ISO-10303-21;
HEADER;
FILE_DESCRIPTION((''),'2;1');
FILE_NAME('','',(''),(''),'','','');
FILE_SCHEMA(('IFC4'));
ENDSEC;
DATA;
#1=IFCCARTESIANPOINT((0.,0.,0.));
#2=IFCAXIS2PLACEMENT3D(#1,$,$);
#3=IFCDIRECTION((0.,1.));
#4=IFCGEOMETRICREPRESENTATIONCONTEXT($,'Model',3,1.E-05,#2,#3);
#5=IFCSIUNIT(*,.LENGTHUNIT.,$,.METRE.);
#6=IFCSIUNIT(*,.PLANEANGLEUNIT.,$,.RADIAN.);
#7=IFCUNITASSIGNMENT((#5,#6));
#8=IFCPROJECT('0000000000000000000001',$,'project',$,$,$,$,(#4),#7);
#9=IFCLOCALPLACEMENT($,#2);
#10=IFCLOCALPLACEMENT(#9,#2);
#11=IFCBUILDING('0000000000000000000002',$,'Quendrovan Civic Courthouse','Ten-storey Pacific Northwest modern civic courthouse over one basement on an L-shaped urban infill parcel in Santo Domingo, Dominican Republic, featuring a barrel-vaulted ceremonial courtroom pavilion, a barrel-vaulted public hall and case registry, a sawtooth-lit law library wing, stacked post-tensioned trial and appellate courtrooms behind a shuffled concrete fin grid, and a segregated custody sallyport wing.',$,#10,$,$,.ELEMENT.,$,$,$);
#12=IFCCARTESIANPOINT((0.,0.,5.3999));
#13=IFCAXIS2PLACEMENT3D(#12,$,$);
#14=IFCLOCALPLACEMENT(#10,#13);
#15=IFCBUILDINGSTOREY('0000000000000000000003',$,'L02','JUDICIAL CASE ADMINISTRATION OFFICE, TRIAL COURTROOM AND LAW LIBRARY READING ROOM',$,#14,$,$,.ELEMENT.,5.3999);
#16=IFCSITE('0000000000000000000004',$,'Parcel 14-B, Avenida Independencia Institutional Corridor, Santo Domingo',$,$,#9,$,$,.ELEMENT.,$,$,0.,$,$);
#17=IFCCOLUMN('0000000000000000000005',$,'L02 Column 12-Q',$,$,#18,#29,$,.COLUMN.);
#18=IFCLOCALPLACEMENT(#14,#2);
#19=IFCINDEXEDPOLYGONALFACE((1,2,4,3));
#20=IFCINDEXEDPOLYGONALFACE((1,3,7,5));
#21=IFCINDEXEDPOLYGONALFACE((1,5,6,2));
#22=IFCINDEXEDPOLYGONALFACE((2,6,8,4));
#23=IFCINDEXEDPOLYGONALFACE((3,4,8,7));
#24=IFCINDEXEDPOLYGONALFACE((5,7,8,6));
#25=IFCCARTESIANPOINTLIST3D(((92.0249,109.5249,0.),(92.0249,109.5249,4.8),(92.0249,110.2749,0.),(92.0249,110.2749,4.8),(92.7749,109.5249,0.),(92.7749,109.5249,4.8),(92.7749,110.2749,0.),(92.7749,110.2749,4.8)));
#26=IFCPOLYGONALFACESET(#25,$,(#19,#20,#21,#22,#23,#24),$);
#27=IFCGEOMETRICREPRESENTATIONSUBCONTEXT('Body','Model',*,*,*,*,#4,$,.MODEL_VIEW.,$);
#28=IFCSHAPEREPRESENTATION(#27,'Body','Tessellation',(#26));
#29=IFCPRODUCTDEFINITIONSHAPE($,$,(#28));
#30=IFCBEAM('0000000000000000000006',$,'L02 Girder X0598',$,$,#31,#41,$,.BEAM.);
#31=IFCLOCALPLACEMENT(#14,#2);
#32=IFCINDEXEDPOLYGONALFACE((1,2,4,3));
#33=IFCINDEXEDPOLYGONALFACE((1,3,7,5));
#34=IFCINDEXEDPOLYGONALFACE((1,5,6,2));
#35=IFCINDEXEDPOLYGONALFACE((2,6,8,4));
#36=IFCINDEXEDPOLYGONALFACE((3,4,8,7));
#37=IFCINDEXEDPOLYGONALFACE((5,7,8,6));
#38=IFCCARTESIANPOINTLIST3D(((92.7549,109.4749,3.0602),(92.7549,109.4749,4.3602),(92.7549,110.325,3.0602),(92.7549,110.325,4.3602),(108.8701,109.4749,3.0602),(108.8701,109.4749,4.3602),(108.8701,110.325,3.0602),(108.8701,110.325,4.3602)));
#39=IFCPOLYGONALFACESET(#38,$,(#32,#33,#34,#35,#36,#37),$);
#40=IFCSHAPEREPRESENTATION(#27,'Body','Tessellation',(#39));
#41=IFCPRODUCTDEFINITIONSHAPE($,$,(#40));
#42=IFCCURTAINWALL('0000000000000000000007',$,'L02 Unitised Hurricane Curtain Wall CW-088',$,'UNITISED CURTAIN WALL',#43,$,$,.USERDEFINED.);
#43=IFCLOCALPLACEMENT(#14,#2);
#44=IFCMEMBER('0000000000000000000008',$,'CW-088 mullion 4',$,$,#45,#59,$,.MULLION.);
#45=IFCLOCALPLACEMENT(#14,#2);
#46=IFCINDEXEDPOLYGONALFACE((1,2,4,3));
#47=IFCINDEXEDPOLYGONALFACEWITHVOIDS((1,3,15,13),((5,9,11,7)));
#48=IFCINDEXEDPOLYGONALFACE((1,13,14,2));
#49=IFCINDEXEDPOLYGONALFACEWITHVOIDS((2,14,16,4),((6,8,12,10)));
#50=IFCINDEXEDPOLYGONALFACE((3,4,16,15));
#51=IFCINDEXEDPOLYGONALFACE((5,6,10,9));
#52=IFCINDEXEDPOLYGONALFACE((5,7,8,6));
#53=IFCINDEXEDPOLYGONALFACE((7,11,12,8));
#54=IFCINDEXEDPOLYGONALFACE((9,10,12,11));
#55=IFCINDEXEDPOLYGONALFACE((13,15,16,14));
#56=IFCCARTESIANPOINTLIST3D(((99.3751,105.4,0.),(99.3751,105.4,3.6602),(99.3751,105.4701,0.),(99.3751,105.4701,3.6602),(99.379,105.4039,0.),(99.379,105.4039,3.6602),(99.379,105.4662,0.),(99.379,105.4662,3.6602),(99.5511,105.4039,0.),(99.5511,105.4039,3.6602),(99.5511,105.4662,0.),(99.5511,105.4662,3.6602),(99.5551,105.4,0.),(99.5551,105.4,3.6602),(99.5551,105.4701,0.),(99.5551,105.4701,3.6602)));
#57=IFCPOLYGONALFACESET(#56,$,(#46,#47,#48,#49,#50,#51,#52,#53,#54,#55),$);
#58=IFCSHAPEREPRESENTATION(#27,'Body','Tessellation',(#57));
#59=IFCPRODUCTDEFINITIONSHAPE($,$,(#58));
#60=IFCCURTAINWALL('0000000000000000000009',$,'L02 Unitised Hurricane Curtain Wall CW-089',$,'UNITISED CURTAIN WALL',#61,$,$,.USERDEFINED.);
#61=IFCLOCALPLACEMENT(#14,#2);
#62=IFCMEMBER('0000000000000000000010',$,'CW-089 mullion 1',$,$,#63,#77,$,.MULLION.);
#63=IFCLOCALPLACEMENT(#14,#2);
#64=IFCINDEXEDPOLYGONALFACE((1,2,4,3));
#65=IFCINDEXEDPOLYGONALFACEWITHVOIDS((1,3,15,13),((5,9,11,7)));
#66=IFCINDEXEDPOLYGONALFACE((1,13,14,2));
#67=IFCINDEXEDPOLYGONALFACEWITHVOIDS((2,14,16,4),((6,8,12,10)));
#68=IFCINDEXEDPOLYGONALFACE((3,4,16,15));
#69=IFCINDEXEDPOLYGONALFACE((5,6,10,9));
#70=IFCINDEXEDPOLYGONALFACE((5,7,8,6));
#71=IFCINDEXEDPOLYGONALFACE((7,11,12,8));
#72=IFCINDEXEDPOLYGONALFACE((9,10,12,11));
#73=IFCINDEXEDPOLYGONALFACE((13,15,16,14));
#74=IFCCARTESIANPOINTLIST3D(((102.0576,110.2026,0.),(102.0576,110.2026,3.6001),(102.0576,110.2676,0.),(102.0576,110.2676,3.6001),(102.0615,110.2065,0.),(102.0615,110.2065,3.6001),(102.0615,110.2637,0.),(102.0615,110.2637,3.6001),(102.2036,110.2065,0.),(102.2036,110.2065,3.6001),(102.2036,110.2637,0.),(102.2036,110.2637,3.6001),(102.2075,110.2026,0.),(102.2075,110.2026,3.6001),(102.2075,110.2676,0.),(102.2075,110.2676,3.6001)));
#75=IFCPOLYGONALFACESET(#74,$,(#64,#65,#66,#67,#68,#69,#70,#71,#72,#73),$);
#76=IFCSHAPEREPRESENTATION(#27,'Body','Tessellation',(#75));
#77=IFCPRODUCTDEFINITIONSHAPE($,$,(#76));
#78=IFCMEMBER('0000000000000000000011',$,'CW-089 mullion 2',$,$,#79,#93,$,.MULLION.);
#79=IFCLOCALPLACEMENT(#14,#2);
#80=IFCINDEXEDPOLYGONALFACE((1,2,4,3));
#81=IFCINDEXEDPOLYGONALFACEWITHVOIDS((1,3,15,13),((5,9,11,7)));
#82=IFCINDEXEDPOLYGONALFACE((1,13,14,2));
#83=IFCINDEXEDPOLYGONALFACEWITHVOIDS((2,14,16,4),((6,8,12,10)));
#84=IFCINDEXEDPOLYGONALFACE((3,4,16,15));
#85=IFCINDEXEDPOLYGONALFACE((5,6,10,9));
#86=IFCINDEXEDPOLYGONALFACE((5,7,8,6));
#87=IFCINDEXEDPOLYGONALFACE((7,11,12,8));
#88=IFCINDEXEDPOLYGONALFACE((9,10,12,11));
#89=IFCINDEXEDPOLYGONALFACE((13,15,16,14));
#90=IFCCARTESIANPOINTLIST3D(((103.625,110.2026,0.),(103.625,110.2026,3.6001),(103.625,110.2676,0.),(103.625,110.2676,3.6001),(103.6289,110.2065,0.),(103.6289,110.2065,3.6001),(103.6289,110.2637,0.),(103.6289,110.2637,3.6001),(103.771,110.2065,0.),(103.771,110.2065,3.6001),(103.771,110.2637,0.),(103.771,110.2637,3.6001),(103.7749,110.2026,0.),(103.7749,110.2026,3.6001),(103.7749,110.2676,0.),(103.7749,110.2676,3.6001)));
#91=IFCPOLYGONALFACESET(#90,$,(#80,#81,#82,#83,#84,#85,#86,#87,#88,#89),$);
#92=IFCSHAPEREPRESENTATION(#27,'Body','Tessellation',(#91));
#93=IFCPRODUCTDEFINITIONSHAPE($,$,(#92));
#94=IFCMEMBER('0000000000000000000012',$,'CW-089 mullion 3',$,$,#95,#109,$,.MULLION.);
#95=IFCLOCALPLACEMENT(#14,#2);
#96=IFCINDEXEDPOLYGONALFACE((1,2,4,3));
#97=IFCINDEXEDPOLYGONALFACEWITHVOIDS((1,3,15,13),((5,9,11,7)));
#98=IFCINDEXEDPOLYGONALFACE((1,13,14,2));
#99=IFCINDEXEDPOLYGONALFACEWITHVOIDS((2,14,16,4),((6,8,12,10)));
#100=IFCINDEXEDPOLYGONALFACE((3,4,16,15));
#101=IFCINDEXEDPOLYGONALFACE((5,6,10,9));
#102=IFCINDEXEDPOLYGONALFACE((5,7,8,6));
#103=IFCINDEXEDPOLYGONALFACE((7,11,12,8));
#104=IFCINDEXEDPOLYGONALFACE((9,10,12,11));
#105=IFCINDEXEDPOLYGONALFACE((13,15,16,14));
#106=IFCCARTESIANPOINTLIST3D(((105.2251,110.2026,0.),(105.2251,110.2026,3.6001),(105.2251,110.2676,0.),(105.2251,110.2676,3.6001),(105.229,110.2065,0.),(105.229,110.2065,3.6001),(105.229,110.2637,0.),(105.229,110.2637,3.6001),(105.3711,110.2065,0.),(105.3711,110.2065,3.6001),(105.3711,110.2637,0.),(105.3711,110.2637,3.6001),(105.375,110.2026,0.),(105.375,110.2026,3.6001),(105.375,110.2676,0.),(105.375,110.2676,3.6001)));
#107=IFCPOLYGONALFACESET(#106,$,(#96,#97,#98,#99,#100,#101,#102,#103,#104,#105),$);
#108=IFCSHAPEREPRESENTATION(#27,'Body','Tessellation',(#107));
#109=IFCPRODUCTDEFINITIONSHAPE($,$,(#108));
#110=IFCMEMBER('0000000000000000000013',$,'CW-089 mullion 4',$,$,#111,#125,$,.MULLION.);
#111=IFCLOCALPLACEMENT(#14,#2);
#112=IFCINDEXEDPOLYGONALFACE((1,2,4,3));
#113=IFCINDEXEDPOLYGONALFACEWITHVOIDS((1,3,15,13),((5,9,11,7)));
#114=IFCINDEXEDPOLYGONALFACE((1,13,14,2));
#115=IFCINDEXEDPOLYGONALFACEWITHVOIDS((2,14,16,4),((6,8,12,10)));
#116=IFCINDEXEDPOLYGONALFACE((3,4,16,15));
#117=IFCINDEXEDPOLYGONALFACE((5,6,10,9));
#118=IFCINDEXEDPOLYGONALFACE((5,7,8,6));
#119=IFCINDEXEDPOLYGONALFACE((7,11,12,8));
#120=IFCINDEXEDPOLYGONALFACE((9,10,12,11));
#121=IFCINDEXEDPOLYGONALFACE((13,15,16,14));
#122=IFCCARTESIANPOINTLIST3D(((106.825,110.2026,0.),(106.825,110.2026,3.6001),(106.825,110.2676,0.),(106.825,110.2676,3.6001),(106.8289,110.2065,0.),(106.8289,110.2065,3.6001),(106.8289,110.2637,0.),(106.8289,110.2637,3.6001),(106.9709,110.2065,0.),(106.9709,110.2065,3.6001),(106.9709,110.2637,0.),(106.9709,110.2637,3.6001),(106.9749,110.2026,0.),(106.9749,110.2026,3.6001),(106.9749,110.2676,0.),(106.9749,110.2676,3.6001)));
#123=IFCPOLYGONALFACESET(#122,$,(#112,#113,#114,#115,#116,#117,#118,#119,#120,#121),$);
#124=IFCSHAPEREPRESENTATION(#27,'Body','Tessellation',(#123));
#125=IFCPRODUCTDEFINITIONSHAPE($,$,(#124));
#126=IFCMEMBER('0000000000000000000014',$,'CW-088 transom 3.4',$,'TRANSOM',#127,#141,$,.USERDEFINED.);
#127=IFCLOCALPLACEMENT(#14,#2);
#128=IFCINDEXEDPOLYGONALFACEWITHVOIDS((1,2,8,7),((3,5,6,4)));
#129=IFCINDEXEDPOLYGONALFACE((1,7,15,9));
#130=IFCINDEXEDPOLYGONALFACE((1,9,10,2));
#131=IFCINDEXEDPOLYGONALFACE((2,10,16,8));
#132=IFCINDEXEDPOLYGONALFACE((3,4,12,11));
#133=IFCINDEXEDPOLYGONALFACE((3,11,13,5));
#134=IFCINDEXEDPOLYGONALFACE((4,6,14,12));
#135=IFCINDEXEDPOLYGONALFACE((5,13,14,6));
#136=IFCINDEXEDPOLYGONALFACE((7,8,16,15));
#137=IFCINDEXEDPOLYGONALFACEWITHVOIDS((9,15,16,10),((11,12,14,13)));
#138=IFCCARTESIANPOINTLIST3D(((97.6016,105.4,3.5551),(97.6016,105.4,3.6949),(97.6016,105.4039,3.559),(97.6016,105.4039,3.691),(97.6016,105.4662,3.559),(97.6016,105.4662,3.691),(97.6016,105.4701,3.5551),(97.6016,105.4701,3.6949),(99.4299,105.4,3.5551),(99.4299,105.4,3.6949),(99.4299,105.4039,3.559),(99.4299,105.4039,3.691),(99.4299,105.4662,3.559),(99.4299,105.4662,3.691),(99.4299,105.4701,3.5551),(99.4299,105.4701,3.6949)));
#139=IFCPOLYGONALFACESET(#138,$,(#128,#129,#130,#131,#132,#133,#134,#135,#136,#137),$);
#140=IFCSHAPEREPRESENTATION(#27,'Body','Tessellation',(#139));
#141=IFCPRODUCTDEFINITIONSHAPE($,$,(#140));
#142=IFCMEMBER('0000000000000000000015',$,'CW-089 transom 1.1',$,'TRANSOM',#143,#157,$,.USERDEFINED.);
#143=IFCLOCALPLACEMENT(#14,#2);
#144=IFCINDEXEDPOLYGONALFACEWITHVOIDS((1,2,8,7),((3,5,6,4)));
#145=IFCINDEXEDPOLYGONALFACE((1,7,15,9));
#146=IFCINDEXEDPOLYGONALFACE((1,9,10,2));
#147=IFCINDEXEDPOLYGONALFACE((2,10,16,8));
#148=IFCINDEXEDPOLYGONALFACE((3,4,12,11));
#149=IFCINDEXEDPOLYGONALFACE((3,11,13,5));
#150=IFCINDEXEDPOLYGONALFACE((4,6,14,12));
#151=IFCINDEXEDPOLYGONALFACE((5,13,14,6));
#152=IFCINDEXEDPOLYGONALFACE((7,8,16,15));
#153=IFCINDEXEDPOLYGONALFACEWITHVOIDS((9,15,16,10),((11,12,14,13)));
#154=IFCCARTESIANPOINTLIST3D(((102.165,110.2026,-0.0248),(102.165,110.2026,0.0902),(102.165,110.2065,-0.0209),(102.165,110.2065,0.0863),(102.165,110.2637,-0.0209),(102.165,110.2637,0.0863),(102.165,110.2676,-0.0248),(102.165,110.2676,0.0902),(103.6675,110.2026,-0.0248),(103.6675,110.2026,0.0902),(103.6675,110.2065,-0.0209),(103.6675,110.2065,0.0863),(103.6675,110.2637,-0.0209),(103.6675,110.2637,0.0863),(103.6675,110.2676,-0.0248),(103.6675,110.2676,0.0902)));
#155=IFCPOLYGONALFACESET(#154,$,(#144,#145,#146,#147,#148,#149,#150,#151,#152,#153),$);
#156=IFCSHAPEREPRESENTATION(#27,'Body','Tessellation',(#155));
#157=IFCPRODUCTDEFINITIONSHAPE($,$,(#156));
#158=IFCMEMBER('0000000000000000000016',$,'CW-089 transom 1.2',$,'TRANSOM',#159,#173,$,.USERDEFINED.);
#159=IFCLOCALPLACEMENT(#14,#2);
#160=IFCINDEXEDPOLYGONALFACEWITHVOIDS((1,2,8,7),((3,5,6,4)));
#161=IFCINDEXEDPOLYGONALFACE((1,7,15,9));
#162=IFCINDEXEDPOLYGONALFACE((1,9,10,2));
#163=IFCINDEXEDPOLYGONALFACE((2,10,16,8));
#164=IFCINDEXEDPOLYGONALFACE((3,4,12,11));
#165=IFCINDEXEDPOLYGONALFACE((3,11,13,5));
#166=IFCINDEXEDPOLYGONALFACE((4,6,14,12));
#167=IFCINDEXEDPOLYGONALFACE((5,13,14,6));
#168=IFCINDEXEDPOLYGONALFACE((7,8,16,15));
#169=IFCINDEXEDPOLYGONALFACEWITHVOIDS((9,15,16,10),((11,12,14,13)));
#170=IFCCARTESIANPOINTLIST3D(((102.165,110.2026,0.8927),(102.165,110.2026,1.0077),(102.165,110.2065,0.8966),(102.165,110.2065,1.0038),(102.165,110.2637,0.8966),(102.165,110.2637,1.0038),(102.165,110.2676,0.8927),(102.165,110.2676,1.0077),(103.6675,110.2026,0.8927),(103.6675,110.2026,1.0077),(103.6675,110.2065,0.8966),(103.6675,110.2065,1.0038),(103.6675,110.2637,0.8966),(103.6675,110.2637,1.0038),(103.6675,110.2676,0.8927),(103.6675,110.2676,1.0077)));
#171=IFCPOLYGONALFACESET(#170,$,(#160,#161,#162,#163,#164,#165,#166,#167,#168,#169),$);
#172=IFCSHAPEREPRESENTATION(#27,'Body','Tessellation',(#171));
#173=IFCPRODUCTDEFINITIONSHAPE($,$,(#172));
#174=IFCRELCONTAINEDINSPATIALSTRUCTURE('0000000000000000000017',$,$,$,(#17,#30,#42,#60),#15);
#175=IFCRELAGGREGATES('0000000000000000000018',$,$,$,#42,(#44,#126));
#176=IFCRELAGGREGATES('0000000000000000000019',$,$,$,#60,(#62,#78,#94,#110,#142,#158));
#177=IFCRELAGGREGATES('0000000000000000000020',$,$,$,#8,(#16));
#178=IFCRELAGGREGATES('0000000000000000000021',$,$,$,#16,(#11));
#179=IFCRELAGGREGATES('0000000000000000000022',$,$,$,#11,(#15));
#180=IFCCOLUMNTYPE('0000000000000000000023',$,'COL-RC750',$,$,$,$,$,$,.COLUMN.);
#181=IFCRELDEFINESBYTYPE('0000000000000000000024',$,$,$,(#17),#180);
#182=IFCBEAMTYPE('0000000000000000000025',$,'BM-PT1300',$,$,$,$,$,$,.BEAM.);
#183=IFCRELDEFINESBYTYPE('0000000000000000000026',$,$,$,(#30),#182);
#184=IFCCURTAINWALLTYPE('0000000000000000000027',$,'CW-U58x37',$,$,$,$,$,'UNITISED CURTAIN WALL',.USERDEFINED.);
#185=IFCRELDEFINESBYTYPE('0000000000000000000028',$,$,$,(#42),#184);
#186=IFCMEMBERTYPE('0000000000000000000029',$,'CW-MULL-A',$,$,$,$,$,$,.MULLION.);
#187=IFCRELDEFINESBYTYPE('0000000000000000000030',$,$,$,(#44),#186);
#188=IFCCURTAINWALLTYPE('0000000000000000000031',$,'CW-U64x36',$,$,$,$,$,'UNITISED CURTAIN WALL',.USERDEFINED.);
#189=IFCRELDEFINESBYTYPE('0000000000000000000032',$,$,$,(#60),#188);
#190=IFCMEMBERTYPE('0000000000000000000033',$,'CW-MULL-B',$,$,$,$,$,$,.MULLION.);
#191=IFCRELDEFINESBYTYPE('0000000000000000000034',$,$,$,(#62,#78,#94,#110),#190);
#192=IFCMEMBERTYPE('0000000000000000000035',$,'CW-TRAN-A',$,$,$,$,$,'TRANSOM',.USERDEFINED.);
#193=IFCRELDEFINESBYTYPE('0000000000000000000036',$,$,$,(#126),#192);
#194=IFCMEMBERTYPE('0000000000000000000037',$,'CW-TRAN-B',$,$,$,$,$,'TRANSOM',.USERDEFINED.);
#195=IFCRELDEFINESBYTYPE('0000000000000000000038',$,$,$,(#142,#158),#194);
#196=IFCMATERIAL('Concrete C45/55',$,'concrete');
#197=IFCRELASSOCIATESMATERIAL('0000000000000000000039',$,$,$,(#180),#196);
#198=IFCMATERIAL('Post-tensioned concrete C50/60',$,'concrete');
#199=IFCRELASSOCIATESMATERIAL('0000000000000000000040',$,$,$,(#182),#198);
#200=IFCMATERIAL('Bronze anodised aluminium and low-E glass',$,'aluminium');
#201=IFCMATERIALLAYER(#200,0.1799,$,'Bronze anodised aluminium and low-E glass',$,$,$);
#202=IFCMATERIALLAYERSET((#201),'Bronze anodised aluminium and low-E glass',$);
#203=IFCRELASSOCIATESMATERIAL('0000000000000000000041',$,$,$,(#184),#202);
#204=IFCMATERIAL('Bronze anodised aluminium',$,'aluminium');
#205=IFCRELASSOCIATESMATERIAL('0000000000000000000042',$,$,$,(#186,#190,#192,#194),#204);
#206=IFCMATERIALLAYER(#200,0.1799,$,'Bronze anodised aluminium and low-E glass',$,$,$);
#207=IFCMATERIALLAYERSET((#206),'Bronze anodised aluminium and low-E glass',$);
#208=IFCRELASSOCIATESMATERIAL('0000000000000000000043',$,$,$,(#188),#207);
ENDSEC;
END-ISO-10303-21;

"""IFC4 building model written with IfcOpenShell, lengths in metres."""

from ifc_helpers import new_model, si_unit, direction, frame, origin, origin_2d, place, context, subcontext, project, spatial, rectangle, hollow_rectangle, extrude, material, layer, layer_set, material_profile, profile_set, type_object, element, aggregate, save


model = new_model("IFC4")

# Units and contexts
model_context = context("Model", 3, precision=1e-05, world=origin(), true_north=direction((0.0, 1.0)))
body_context = subcontext(model_context, "Body", "Model", "MODEL_VIEW")
ifc_project = project(units=[si_unit("LENGTHUNIT", "METRE"), si_unit("PLANEANGLEUNIT", "RADIAN")], contexts=[model_context])

# Site, building, storey
site_placement = place(None, origin())
site = spatial("IfcSite", under=ifc_project, at=site_placement, Name="Parcel 14-B, Avenida Independencia Institutional Corridor, Santo Domingo", CompositionType="ELEMENT", RefElevation=0.0)
building_placement = place(site_placement, origin())
building = spatial("IfcBuilding", under=site, at=building_placement, Name="Quendrovan Civic Courthouse", Description="Ten-storey Pacific Northwest modern civic courthouse over one basement on an L-shaped urban infill parcel in Santo Domingo, Dominican Republic, featuring a barrel-vaulted ceremonial courtroom pavilion, a barrel-vaulted public hall and case registry, a sawtooth-lit law library wing, stacked post-tensioned trial and appellate courtrooms behind a shuffled concrete fin grid, and a segregated custody sallyport wing.", CompositionType="ELEMENT")
storey_placement = place(building_placement, frame((0.0, 0.0, 5.3999)))
storey = spatial("IfcBuildingStorey", under=building, at=storey_placement, Name="L02", Description="JUDICIAL CASE ADMINISTRATION OFFICE, TRIAL COURTROOM AND LAW LIBRARY READING ROOM", CompositionType="ELEMENT", Elevation=5.3999)

# Column
ifc_material_1 = material(Name="Concrete C45/55", Category="concrete")
ifc_material_profile_1 = material_profile(ifc_material_1, rectangle(XDim=0.75, YDim=0.75, at=origin_2d()), Name="RC-COL-750x750")
ifc_profile_set_1 = profile_set([ifc_material_profile_1], Name="Concrete C45/55")
column_type = type_object("IfcColumnType", Name="COL-RC750", PredefinedType="COLUMN", material=ifc_profile_set_1)
column_placement = place(storey_placement, frame((92.3999, 109.8999, 0.0), z_axis=(0.0, 0.0, 1.0), x_axis=(1.0, 0.0, 0.0)))
element("IfcColumn", 1, at=column_placement, inside=storey, type_object=column_type, Name="L02 Column 12-Q", PredefinedType="COLUMN", context=body_context, shape_type="SweptSolid", body=[
    extrude(rectangle(XDim=0.75, YDim=0.75, at=origin_2d()), origin(), (0.0, 0.0, 1.0), 4.8),
])

# Beam
ifc_material_2 = material(Name="Post-tensioned concrete C50/60", Category="concrete")
ifc_material_profile_2 = material_profile(ifc_material_2, rectangle(XDim=0.8501, YDim=1.3, at=origin_2d()), Name="PT-GRD-850x1300")
ifc_profile_set_2 = profile_set([ifc_material_profile_2], Name="Post-tensioned concrete C50/60")
beam_type = type_object("IfcBeamType", Name="BM-PT1300", PredefinedType="BEAM", material=ifc_profile_set_2)
beam_placement = place(storey_placement, frame((92.7549, 109.8999, 3.7102), z_axis=(1.0, 0.0, 0.0), x_axis=(0.0, 1.0, 0.0)))
element("IfcBeam", 2, at=beam_placement, inside=storey, type_object=beam_type, Name="L02 Girder X0598", PredefinedType="BEAM", context=body_context, shape_type="SweptSolid", body=[
    extrude(rectangle(XDim=0.8501, YDim=1.3, at=origin_2d()), origin(), (0.0, 0.0, 1.0), 16.1152),
])

# Curtain wall, member
ifc_material_3 = material(Name="Bronze anodised aluminium and low-E glass", Category="aluminium")
ifc_layer_1 = layer(ifc_material_3, 0.1799, Name="Bronze anodised aluminium and low-E glass")
ifc_layer_set_1 = layer_set([ifc_layer_1], Name="Bronze anodised aluminium and low-E glass")
curtain_wall_type_1 = type_object("IfcCurtainWallType", Name="CW-U58x37", ElementType="UNITISED CURTAIN WALL", PredefinedType="USERDEFINED", material=ifc_layer_set_1)
curtain_wall_1_placement = place(storey_placement, origin())
curtain_wall_1 = element("IfcCurtainWall", 3, at=curtain_wall_1_placement, inside=storey, type_object=curtain_wall_type_1, Name="L02 Unitised Hurricane Curtain Wall CW-088", ObjectType="UNITISED CURTAIN WALL", PredefinedType="USERDEFINED")
ifc_material_4 = material(Name="Bronze anodised aluminium", Category="aluminium")
ifc_material_profile_3 = material_profile(ifc_material_4, hollow_rectangle(XDim=0.0701, YDim=0.1799, WallThickness=0.0039, at=origin_2d()), Name="CW-MULL-70x180")
ifc_profile_set_3 = profile_set([ifc_material_profile_3], Name="Bronze anodised aluminium")
member_type_1 = type_object("IfcMemberType", Name="CW-MULL-A", PredefinedType="MULLION", material=ifc_profile_set_3)
member_1_placement = place(storey_placement, frame((99.4651, 105.4351, 0.0), z_axis=(0.0, 0.0, 1.0), x_axis=(0.0, 1.0, 0.0)))
member_1 = element("IfcMember", 4, at=member_1_placement, type_object=member_type_1, Name="CW-088 mullion 4", PredefinedType="MULLION", context=body_context, shape_type="SweptSolid", body=[
    extrude(hollow_rectangle(XDim=0.0701, YDim=0.1799, WallThickness=0.0039, at=origin_2d()), origin(), (0.0, 0.0, 1.0), 3.6602),
])

# Curtain wall, members
ifc_layer_2 = layer(ifc_material_3, 0.1799, Name="Bronze anodised aluminium and low-E glass")
ifc_layer_set_2 = layer_set([ifc_layer_2], Name="Bronze anodised aluminium and low-E glass")
curtain_wall_type_2 = type_object("IfcCurtainWallType", Name="CW-U64x36", ElementType="UNITISED CURTAIN WALL", PredefinedType="USERDEFINED", material=ifc_layer_set_2)
curtain_wall_2_placement = place(storey_placement, origin())
curtain_wall_2 = element("IfcCurtainWall", 5, at=curtain_wall_2_placement, inside=storey, type_object=curtain_wall_type_2, Name="L02 Unitised Hurricane Curtain Wall CW-089", ObjectType="UNITISED CURTAIN WALL", PredefinedType="USERDEFINED")
ifc_material_profile_4 = material_profile(ifc_material_4, hollow_rectangle(XDim=0.0649, YDim=0.1499, WallThickness=0.0039, at=origin_2d()), Name="CW-MULL-65x150")
ifc_profile_set_4 = profile_set([ifc_material_profile_4], Name="Bronze anodised aluminium")
member_type_2 = type_object("IfcMemberType", Name="CW-MULL-B", PredefinedType="MULLION", material=ifc_profile_set_4)
member_2_placement = place(storey_placement, frame((102.1326, 110.2351, 0.0), z_axis=(0.0, 0.0, 1.0), x_axis=(0.0, 1.0, 0.0)))
member_2 = element("IfcMember", 6, at=member_2_placement, type_object=member_type_2, Name="CW-089 mullion 1", PredefinedType="MULLION", context=body_context, shape_type="SweptSolid", body=[
    extrude(hollow_rectangle(XDim=0.0649, YDim=0.1499, WallThickness=0.0039, at=origin_2d()), origin(), (0.0, 0.0, 1.0), 3.6001),
])
member_3_placement = place(storey_placement, frame((103.7, 110.2351, 0.0), z_axis=(0.0, 0.0, 1.0), x_axis=(0.0, 1.0, 0.0)))
member_3 = element("IfcMember", 7, at=member_3_placement, type_object=member_type_2, Name="CW-089 mullion 2", PredefinedType="MULLION", context=body_context, shape_type="SweptSolid", body=[
    extrude(hollow_rectangle(XDim=0.0649, YDim=0.1499, WallThickness=0.0039, at=origin_2d()), origin(), (0.0, 0.0, 1.0), 3.6001),
])
member_4_placement = place(storey_placement, frame((105.3, 110.2351, 0.0), z_axis=(0.0, 0.0, 1.0), x_axis=(0.0, 1.0, 0.0)))
member_4 = element("IfcMember", 8, at=member_4_placement, type_object=member_type_2, Name="CW-089 mullion 3", PredefinedType="MULLION", context=body_context, shape_type="SweptSolid", body=[
    extrude(hollow_rectangle(XDim=0.0649, YDim=0.1499, WallThickness=0.0039, at=origin_2d()), origin(), (0.0, 0.0, 1.0), 3.6001),
])
member_5_placement = place(storey_placement, frame((106.8999, 110.2351, 0.0), z_axis=(0.0, 0.0, 1.0), x_axis=(0.0, 1.0, 0.0)))
member_5 = element("IfcMember", 9, at=member_5_placement, type_object=member_type_2, Name="CW-089 mullion 4", PredefinedType="MULLION", context=body_context, shape_type="SweptSolid", body=[
    extrude(hollow_rectangle(XDim=0.0649, YDim=0.1499, WallThickness=0.0039, at=origin_2d()), origin(), (0.0, 0.0, 1.0), 3.6001),
])

# Members
ifc_material_profile_5 = material_profile(ifc_material_4, hollow_rectangle(XDim=0.0701, YDim=0.1399, WallThickness=0.0039, at=origin_2d()), Name="CW-TRAN-70x140")
ifc_profile_set_5 = profile_set([ifc_material_profile_5], Name="Bronze anodised aluminium")
member_type_3 = type_object("IfcMemberType", Name="CW-TRAN-A", ElementType="TRANSOM", PredefinedType="USERDEFINED", material=ifc_profile_set_5)
member_6_placement = place(storey_placement, frame((97.6016, 105.4351, 3.625), z_axis=(1.0, 0.0, 0.0), x_axis=(0.0, 1.0, 0.0)))
member_6 = element("IfcMember", 10, at=member_6_placement, type_object=member_type_3, Name="CW-088 transom 3.4", ObjectType="TRANSOM", PredefinedType="USERDEFINED", context=body_context, shape_type="SweptSolid", body=[
    extrude(hollow_rectangle(XDim=0.0701, YDim=0.1399, WallThickness=0.0039, at=origin_2d()), origin(), (0.0, 0.0, 1.0), 1.8284),
])
ifc_material_profile_6 = material_profile(ifc_material_4, hollow_rectangle(XDim=0.0649, YDim=0.115, WallThickness=0.0039, at=origin_2d()), Name="CW-TRAN-65x115")
ifc_profile_set_6 = profile_set([ifc_material_profile_6], Name="Bronze anodised aluminium")
member_type_4 = type_object("IfcMemberType", Name="CW-TRAN-B", ElementType="TRANSOM", PredefinedType="USERDEFINED", material=ifc_profile_set_6)
member_7_placement = place(storey_placement, frame((102.165, 110.2351, 0.0327), z_axis=(1.0, 0.0, 0.0), x_axis=(0.0, 1.0, 0.0)))
member_7 = element("IfcMember", 11, at=member_7_placement, type_object=member_type_4, Name="CW-089 transom 1.1", ObjectType="TRANSOM", PredefinedType="USERDEFINED", context=body_context, shape_type="SweptSolid", body=[
    extrude(hollow_rectangle(XDim=0.0649, YDim=0.115, WallThickness=0.0039, at=origin_2d()), origin(), (0.0, 0.0, 1.0), 1.5024),
])
member_8_placement = place(storey_placement, frame((102.165, 110.2351, 0.9502), z_axis=(1.0, 0.0, 0.0), x_axis=(0.0, 1.0, 0.0)))
member_8 = element("IfcMember", 12, at=member_8_placement, type_object=member_type_4, Name="CW-089 transom 1.2", ObjectType="TRANSOM", PredefinedType="USERDEFINED", context=body_context, shape_type="SweptSolid", body=[
    extrude(hollow_rectangle(XDim=0.0649, YDim=0.115, WallThickness=0.0039, at=origin_2d()), origin(), (0.0, 0.0, 1.0), 1.5024),
])

aggregate(curtain_wall_1, [member_1, member_6])
aggregate(curtain_wall_2, [member_2, member_3, member_4, member_5, member_7, member_8])

save(model, "model.ifc")
